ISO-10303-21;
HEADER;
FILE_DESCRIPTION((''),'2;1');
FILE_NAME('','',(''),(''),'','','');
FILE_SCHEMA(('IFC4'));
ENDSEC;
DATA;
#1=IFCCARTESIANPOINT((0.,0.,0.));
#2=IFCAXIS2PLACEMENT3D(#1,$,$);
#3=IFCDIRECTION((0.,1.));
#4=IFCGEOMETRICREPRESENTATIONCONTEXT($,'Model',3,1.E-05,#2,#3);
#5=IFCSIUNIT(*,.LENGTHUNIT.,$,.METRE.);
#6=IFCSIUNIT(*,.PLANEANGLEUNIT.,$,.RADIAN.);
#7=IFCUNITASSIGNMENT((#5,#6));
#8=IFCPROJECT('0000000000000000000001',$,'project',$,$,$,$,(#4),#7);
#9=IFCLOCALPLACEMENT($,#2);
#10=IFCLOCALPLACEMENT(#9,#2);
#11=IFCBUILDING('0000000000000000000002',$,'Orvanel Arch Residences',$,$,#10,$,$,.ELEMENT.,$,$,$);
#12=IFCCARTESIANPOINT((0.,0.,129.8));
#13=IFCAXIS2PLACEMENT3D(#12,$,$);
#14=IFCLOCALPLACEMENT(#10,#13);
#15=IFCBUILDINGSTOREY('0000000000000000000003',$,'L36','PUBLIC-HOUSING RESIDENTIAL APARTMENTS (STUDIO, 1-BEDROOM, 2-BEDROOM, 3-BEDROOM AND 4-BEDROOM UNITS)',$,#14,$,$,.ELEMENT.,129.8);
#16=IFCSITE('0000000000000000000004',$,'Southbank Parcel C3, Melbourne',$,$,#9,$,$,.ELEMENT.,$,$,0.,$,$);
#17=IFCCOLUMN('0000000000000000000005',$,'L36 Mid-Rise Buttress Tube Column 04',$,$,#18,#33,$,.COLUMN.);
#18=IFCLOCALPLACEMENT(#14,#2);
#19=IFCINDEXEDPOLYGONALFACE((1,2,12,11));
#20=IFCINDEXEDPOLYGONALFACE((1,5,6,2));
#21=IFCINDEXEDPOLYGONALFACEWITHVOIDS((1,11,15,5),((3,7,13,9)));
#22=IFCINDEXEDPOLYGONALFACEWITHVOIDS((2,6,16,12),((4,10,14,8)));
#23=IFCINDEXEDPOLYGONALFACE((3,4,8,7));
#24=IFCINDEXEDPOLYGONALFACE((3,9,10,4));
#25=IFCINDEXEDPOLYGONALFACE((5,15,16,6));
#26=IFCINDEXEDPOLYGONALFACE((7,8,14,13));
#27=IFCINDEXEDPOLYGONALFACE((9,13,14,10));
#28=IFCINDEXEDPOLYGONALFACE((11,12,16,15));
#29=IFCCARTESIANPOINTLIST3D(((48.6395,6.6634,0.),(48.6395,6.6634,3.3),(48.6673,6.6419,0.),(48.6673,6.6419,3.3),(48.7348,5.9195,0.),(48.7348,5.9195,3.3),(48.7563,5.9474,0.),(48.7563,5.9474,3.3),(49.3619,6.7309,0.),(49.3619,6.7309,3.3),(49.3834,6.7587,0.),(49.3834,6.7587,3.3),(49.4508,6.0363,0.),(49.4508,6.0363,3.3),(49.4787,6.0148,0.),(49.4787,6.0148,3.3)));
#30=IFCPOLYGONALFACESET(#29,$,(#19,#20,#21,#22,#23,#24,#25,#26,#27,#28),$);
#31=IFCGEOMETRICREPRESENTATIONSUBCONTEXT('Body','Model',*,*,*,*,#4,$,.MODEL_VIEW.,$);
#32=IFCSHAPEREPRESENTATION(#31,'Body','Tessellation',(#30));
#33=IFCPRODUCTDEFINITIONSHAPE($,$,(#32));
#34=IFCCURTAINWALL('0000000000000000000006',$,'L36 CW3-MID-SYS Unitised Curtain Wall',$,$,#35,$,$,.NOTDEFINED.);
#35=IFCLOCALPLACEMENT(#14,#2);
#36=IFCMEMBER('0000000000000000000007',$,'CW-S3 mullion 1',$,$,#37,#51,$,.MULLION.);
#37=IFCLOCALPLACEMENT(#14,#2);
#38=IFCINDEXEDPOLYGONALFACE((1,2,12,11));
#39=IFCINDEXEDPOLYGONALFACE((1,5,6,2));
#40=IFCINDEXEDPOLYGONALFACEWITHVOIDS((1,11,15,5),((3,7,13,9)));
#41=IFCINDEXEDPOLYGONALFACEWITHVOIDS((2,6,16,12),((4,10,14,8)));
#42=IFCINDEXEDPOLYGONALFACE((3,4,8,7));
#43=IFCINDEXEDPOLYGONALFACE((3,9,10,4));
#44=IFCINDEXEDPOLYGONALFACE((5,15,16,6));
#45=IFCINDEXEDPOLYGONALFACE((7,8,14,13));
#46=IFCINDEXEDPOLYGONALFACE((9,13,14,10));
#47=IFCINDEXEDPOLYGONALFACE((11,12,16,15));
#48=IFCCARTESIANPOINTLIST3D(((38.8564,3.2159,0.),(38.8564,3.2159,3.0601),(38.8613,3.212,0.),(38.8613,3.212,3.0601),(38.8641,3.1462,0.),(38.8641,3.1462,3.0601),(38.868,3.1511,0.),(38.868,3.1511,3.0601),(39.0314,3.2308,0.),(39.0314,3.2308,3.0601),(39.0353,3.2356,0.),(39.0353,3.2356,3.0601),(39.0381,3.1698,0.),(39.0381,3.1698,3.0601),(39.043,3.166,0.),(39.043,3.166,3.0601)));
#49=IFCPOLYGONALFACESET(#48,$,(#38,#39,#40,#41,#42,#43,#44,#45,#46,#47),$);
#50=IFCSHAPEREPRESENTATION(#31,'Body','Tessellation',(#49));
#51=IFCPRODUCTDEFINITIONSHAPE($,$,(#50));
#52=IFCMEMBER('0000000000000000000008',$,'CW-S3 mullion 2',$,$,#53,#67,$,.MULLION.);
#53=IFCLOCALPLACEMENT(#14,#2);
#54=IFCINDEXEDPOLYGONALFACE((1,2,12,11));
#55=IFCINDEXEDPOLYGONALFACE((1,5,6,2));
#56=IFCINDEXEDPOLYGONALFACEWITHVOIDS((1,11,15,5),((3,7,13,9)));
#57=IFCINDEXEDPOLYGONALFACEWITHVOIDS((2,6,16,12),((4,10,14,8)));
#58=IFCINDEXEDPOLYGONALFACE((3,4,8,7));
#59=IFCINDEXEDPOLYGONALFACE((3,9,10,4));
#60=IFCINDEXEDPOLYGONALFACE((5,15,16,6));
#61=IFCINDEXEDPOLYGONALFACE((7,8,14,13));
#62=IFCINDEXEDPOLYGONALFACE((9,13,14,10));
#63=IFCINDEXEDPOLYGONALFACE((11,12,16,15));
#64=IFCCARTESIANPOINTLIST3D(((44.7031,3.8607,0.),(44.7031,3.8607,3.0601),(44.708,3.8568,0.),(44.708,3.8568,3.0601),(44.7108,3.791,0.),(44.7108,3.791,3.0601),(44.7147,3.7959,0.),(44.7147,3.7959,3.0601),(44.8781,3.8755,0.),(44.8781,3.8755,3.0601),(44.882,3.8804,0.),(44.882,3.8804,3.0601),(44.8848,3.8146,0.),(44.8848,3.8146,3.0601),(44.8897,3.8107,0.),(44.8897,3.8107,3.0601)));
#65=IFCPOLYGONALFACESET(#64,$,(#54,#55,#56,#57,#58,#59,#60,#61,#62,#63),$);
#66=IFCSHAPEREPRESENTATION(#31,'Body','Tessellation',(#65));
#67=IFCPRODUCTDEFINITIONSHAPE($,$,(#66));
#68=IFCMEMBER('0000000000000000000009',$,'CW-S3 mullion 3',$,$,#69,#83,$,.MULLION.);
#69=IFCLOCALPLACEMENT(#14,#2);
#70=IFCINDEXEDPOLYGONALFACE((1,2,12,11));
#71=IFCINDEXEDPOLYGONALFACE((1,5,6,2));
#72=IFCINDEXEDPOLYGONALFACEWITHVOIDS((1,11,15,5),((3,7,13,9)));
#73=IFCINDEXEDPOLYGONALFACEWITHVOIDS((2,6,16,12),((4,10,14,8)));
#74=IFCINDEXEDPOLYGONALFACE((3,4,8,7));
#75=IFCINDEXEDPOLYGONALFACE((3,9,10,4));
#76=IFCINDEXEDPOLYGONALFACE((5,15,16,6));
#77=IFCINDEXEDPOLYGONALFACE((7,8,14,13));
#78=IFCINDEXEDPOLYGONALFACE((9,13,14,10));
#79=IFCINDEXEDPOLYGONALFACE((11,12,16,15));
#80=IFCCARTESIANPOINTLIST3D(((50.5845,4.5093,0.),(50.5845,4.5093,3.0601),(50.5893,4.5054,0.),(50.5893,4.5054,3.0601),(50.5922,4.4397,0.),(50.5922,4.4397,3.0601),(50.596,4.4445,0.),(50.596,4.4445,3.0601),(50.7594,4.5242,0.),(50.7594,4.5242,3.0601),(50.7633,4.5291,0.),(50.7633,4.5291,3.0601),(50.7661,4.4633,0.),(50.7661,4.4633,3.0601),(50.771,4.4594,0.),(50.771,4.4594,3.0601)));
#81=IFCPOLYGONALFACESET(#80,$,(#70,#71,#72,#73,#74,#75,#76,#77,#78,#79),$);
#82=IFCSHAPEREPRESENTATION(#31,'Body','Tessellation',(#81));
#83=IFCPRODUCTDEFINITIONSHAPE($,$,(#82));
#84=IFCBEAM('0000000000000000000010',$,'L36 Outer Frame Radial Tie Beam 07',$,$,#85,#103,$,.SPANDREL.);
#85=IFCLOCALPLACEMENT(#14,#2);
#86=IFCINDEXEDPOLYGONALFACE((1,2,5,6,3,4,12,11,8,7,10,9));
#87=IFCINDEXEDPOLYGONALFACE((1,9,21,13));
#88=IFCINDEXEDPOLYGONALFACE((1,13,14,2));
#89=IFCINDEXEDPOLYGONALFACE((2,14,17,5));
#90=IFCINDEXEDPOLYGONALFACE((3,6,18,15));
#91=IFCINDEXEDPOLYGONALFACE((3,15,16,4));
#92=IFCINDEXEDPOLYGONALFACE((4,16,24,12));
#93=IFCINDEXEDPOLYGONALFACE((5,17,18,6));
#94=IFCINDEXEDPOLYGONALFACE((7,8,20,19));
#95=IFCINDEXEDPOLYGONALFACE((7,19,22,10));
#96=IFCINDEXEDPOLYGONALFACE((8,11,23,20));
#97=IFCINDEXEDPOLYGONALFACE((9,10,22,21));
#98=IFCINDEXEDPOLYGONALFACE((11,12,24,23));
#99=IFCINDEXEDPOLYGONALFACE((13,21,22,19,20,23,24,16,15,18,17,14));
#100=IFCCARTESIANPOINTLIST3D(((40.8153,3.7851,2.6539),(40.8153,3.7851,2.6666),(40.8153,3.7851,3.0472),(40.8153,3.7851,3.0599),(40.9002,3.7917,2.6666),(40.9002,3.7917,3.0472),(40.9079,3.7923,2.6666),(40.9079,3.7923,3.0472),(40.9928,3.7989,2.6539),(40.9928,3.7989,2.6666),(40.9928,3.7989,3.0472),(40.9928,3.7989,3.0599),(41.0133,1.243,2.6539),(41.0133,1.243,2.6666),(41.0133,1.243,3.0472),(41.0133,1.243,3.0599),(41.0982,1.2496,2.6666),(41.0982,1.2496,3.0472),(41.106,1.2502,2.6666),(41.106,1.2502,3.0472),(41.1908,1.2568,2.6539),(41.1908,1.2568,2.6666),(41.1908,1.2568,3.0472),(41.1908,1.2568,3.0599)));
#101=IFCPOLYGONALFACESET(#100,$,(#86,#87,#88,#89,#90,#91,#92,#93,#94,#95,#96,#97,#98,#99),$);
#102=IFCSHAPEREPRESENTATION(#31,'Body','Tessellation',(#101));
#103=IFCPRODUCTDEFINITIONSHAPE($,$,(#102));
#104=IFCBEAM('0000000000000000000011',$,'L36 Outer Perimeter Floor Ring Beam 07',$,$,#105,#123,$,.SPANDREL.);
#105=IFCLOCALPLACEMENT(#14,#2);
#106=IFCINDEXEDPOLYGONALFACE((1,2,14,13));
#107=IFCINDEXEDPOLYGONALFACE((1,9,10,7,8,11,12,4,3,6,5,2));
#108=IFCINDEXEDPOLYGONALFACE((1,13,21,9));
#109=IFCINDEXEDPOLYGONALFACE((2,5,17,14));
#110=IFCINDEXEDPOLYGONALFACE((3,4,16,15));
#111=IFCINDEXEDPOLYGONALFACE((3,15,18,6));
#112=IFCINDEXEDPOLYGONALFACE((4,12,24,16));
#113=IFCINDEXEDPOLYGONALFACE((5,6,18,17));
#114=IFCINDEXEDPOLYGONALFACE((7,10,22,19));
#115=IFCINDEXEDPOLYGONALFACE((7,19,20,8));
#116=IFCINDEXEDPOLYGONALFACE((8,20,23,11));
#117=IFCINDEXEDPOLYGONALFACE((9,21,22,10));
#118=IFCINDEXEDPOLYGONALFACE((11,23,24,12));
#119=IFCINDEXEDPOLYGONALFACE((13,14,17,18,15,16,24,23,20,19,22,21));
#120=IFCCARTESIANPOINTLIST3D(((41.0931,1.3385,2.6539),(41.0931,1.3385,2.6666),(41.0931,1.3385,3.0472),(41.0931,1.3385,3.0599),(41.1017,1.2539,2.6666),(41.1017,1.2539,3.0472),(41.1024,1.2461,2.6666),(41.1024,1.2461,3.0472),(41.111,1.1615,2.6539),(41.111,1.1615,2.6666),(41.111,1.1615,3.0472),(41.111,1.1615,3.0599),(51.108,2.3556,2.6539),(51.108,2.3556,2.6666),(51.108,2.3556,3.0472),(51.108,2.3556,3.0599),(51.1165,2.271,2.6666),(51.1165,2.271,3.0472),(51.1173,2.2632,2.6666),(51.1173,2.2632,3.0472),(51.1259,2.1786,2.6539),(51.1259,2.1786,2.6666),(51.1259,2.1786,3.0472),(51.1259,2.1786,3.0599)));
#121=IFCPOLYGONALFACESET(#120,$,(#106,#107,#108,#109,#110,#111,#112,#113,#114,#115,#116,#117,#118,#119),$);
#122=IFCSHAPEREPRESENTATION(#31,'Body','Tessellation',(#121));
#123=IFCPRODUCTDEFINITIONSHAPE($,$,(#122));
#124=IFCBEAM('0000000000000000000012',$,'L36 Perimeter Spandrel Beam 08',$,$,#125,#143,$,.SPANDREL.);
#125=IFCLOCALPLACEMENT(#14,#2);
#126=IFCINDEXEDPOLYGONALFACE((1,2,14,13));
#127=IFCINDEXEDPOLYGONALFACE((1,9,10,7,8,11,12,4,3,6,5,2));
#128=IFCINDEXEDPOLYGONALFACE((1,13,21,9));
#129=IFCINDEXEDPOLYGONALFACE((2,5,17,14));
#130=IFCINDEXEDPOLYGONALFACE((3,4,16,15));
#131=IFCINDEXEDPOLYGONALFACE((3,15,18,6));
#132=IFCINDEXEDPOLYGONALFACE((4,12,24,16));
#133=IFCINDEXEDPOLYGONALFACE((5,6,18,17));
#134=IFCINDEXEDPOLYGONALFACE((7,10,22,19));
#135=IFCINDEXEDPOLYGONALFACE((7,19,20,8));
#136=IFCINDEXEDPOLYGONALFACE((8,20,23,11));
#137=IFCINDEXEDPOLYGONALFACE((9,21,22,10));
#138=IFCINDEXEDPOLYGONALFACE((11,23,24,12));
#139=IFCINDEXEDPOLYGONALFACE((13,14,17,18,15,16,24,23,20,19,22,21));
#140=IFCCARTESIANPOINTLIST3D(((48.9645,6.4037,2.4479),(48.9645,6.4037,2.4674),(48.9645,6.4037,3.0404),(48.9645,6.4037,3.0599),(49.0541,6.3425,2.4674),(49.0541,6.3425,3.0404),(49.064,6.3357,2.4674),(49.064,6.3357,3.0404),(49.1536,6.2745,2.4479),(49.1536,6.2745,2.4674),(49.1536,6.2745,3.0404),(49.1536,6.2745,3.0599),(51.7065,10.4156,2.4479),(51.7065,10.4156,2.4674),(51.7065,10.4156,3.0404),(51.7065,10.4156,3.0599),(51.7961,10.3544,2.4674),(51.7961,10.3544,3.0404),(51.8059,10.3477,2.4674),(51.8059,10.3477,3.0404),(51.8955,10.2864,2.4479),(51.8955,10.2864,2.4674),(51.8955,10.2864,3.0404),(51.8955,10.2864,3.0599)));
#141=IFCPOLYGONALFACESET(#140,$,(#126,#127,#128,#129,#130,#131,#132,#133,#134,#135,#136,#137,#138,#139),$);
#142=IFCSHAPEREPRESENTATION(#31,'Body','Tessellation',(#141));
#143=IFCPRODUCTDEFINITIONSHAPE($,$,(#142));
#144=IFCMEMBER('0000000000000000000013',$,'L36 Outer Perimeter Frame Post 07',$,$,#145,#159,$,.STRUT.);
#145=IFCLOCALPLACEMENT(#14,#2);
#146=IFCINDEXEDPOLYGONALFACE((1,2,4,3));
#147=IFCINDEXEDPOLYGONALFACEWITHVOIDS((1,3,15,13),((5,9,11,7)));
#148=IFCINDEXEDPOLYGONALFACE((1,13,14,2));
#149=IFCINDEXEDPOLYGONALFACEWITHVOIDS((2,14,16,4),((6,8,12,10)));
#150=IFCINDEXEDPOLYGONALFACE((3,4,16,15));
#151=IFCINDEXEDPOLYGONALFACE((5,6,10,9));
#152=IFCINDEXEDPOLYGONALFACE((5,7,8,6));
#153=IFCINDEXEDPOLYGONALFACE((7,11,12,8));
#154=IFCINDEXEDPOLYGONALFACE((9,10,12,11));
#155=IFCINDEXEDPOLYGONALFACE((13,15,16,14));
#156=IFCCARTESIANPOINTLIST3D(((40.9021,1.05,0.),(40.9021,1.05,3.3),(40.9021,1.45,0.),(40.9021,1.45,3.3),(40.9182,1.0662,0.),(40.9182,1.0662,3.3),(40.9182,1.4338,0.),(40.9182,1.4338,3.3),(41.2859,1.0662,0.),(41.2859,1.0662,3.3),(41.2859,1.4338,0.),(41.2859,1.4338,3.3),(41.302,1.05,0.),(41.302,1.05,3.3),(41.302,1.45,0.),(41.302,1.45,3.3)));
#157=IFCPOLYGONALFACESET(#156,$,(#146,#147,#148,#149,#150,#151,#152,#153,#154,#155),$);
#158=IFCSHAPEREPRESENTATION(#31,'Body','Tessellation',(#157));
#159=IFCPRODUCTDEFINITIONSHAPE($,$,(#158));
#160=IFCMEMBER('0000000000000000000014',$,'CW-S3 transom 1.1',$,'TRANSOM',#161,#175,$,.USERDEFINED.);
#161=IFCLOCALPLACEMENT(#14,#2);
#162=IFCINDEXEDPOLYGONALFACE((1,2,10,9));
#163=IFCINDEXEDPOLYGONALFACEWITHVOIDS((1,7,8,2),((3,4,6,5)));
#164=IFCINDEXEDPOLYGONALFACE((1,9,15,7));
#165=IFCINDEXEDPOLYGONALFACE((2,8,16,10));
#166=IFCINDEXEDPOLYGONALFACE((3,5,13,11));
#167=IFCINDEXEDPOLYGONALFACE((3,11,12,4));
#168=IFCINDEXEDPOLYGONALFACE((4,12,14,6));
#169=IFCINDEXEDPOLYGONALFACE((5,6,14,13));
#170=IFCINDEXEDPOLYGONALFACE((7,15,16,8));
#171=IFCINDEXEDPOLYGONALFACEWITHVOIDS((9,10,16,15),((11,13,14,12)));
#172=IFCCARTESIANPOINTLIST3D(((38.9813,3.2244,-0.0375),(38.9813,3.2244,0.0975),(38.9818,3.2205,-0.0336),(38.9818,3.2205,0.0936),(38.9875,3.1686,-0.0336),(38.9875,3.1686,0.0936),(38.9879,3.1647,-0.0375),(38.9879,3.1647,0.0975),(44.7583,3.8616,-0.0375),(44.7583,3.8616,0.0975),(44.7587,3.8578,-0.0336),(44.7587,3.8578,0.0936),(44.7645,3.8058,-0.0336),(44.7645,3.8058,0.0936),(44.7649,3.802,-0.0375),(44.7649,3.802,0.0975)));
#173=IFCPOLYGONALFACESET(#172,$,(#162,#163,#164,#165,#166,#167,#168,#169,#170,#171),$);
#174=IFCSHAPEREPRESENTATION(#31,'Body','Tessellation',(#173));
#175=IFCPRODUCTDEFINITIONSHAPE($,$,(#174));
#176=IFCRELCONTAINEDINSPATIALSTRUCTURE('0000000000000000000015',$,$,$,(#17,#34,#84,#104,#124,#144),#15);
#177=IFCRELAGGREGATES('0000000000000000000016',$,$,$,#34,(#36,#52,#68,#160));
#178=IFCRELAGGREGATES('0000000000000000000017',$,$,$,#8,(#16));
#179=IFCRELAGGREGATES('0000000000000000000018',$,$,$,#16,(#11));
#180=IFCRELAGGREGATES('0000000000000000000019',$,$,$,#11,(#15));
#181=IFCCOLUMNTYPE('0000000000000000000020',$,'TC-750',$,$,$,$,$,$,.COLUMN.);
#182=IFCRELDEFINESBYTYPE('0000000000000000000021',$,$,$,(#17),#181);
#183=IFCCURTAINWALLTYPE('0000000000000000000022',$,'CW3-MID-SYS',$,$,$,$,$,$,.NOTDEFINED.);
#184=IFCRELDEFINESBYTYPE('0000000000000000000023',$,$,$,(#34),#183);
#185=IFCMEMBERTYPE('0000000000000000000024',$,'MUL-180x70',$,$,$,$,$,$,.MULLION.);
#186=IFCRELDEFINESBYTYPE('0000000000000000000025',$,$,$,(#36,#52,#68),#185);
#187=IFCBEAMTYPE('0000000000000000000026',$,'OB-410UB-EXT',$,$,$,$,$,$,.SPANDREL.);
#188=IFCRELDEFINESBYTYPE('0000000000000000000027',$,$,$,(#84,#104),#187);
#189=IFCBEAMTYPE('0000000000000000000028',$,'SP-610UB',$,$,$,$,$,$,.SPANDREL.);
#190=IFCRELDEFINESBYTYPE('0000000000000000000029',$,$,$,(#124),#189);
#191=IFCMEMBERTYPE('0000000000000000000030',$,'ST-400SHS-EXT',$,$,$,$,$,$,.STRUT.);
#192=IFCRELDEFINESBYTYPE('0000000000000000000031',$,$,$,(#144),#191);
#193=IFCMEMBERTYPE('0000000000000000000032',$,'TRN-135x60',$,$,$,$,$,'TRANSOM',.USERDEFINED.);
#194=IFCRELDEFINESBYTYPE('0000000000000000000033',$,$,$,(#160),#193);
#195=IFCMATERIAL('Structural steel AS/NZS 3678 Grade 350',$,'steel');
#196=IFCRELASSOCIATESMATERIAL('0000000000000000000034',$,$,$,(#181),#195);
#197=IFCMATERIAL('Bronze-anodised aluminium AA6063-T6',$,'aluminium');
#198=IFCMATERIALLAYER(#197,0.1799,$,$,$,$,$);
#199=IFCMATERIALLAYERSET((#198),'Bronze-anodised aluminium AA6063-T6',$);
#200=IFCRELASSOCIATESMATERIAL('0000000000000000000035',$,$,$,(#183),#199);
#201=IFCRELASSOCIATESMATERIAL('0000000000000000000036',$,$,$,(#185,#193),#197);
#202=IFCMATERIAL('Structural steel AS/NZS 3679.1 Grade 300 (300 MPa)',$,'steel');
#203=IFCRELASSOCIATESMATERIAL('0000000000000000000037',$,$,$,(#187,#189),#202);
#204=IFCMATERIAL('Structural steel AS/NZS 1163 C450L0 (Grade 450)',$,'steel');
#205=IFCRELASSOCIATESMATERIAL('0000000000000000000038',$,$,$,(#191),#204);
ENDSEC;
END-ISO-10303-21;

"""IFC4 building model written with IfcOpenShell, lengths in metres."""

from ifc_helpers import new_model, si_unit, direction, frame, origin, origin_2d, place, context, subcontext, project, spatial, hollow_rectangle, i_section, extrude, material, layer, layer_set, material_profile, profile_set, type_object, element, aggregate, save


model = new_model("IFC4")

# Units and contexts
model_context = context("Model", 3, precision=1e-05, world=origin(), true_north=direction((0.0, 1.0)))
body_context = subcontext(model_context, "Body", "Model", "MODEL_VIEW")
ifc_project = project(units=[si_unit("LENGTHUNIT", "METRE"), si_unit("PLANEANGLEUNIT", "RADIAN")], contexts=[model_context])

# Site, building, storey
site_placement = place(None, origin())
site = spatial("IfcSite", under=ifc_project, at=site_placement, Name="Southbank Parcel C3, Melbourne", CompositionType="ELEMENT", RefElevation=0.0)
building_placement = place(site_placement, origin())
building = spatial("IfcBuilding", under=site, at=building_placement, Name="Orvanel Arch Residences", CompositionType="ELEMENT")
storey_placement = place(building_placement, frame((0.0, 0.0, 129.8)))
storey = spatial("IfcBuildingStorey", under=building, at=storey_placement, Name="L36", Description="PUBLIC-HOUSING RESIDENTIAL APARTMENTS (STUDIO, 1-BEDROOM, 2-BEDROOM, 3-BEDROOM AND 4-BEDROOM UNITS)", CompositionType="ELEMENT", Elevation=129.8)

# Column
ifc_material_1 = material(Name="Structural steel AS/NZS 3678 Grade 350", Category="steel")
ifc_material_profile_1 = material_profile(ifc_material_1, hollow_rectangle(XDim=0.75, YDim=0.75, WallThickness=0.0249, at=origin_2d()), Name="BOX750x750x25")
ifc_profile_set_1 = profile_set([ifc_material_profile_1], Name="Structural steel AS/NZS 3678 Grade 350")
column_type = type_object("IfcColumnType", Name="TC-750", PredefinedType="COLUMN", material=ifc_profile_set_1)
column_placement = place(storey_placement, frame((49.0591, 6.3391, 0.0), z_axis=(0.0, 0.0, 1.0), x_axis=(0.991894, 0.127065, 0.0)))
element("IfcColumn", 1, at=column_placement, inside=storey, type_object=column_type, Name="L36 Mid-Rise Buttress Tube Column 04", PredefinedType="COLUMN", context=body_context, shape_type="SweptSolid", body=[
    extrude(hollow_rectangle(XDim=0.75, YDim=0.75, WallThickness=0.0249, at=origin_2d()), origin(), (0.0, 0.0, 1.0), 3.3),
])

# Curtain wall, members
ifc_material_2 = material(Name="Bronze-anodised aluminium AA6063-T6", Category="aluminium")
ifc_layer_1 = layer(ifc_material_2, 0.1799)
ifc_layer_set_1 = layer_set([ifc_layer_1], Name="Bronze-anodised aluminium AA6063-T6")
curtain_wall_type = type_object("IfcCurtainWallType", Name="CW3-MID-SYS", PredefinedType="NOTDEFINED", material=ifc_layer_set_1)
curtain_wall_placement = place(storey_placement, origin())
curtain_wall = element("IfcCurtainWall", 2, at=curtain_wall_placement, inside=storey, type_object=curtain_wall_type, Name="L36 CW3-MID-SYS Unitised Curtain Wall", PredefinedType="NOTDEFINED")
ifc_material_profile_2 = material_profile(ifc_material_2, hollow_rectangle(XDim=0.0701, YDim=0.1799, WallThickness=0.0044, at=origin_2d()), Name="ALU180x70x4.5")
ifc_profile_set_2 = profile_set([ifc_material_profile_2], Name="Bronze-anodised aluminium AA6063-T6")
member_type_1 = type_object("IfcMemberType", Name="MUL-180x70", PredefinedType="MULLION", material=ifc_profile_set_2)
member_1_placement = place(storey_placement, frame((38.9497, 3.1909, 0.0), z_axis=(0.0, 0.0, 1.0), x_axis=(-0.109628, 0.993973, 0.0)))
member_1 = element("IfcMember", 3, at=member_1_placement, type_object=member_type_1, Name="CW-S3 mullion 1", PredefinedType="MULLION", context=body_context, shape_type="SweptSolid", body=[
    extrude(hollow_rectangle(XDim=0.0701, YDim=0.1799, WallThickness=0.0044, at=origin_2d()), origin(), (0.0, 0.0, 1.0), 3.0601),
])
member_2_placement = place(storey_placement, frame((44.7964, 3.8357, 0.0), z_axis=(0.0, 0.0, 1.0), x_axis=(-0.109628, 0.993973, 0.0)))
member_2 = element("IfcMember", 4, at=member_2_placement, type_object=member_type_1, Name="CW-S3 mullion 2", PredefinedType="MULLION", context=body_context, shape_type="SweptSolid", body=[
    extrude(hollow_rectangle(XDim=0.0701, YDim=0.1799, WallThickness=0.0044, at=origin_2d()), origin(), (0.0, 0.0, 1.0), 3.0601),
])
member_3_placement = place(storey_placement, frame((50.6777, 4.4844, 0.0), z_axis=(0.0, 0.0, 1.0), x_axis=(-0.109628, 0.993973, 0.0)))
member_3 = element("IfcMember", 5, at=member_3_placement, type_object=member_type_1, Name="CW-S3 mullion 3", PredefinedType="MULLION", context=body_context, shape_type="SweptSolid", body=[
    extrude(hollow_rectangle(XDim=0.0701, YDim=0.1799, WallThickness=0.0044, at=origin_2d()), origin(), (0.0, 0.0, 1.0), 3.0601),
])

# Beams
ifc_material_3 = material(Name="Structural steel AS/NZS 3679.1 Grade 300 (300 MPa)", Category="steel")
ifc_material_profile_3 = material_profile(ifc_material_3, i_section(OverallWidth=0.178, OverallDepth=0.406, WebThickness=0.0078, FlangeThickness=0.0127, at=origin_2d()), Name="410UB59.7")
ifc_profile_set_3 = profile_set([ifc_material_profile_3], Name="Structural steel AS/NZS 3679.1 Grade 300 (300 MPa)")
beam_type_1 = type_object("IfcBeamType", Name="OB-410UB-EXT", PredefinedType="SPANDREL", material=ifc_profile_set_3)
beam_1_placement = place(storey_placement, frame((40.9041, 3.792, 2.8569), z_axis=(0.077656, -0.99698, 0.0), x_axis=(0.99698, 0.077656, 0.0)))
element("IfcBeam", 6, at=beam_1_placement, inside=storey, type_object=beam_type_1, Name="L36 Outer Frame Radial Tie Beam 07", PredefinedType="SPANDREL", context=body_context, shape_type="SweptSolid", body=[
    extrude(i_section(OverallWidth=0.178, OverallDepth=0.406, WebThickness=0.0078, FlangeThickness=0.0127, at=origin_2d()), origin(), (0.0, 0.0, 1.0), 2.5498),
])
beam_2_placement = place(storey_placement, frame((41.1021, 1.25, 2.8569), z_axis=(0.994883, 0.101038, 0.0), x_axis=(-0.101038, 0.994883, 0.0)))
element("IfcBeam", 7, at=beam_2_placement, inside=storey, type_object=beam_type_1, Name="L36 Outer Perimeter Floor Ring Beam 07", PredefinedType="SPANDREL", context=body_context, shape_type="SweptSolid", body=[
    extrude(i_section(OverallWidth=0.178, OverallDepth=0.406, WebThickness=0.0078, FlangeThickness=0.0127, at=origin_2d()), origin(), (0.0, 0.0, 1.0), 10.0664),
])
ifc_material_profile_4 = material_profile(ifc_material_3, i_section(OverallWidth=0.229, OverallDepth=0.6121, WebThickness=0.012, FlangeThickness=0.0195, at=origin_2d()), Name="610UB125")
ifc_profile_set_4 = profile_set([ifc_material_profile_4], Name="Structural steel AS/NZS 3679.1 Grade 300 (300 MPa)")
beam_type_2 = type_object("IfcBeamType", Name="SP-610UB", PredefinedType="SPANDREL", material=ifc_profile_set_4)
beam_3_placement = place(storey_placement, frame((49.0591, 6.3391, 2.7539), z_axis=(0.564252, 0.825603, 0.0), x_axis=(-0.825603, 0.564252, 0.0)))
element("IfcBeam", 8, at=beam_3_placement, inside=storey, type_object=beam_type_2, Name="L36 Perimeter Spandrel Beam 08", PredefinedType="SPANDREL", context=body_context, shape_type="SweptSolid", body=[
    extrude(i_section(OverallWidth=0.229, OverallDepth=0.6121, WebThickness=0.012, FlangeThickness=0.0195, at=origin_2d()), origin(), (0.0, 0.0, 1.0), 4.8594),
])

# Members
ifc_material_4 = material(Name="Structural steel AS/NZS 1163 C450L0 (Grade 450)", Category="steel")
ifc_material_profile_5 = material_profile(ifc_material_4, hollow_rectangle(XDim=0.3999, YDim=0.3999, WallThickness=0.0161, at=origin_2d()), Name="SHS400x400x16")
ifc_profile_set_5 = profile_set([ifc_material_profile_5], Name="Structural steel AS/NZS 1163 C450L0 (Grade 450)")
member_type_2 = type_object("IfcMemberType", Name="ST-400SHS-EXT", PredefinedType="STRUT", material=ifc_profile_set_5)
member_4_placement = place(storey_placement, frame((41.1021, 1.25, 0.0), z_axis=(0.0, 0.0, 1.0), x_axis=(1.0, 0.0, 0.0)))
element("IfcMember", 9, at=member_4_placement, inside=storey, type_object=member_type_2, Name="L36 Outer Perimeter Frame Post 07", PredefinedType="STRUT", context=body_context, shape_type="SweptSolid", body=[
    extrude(hollow_rectangle(XDim=0.3999, YDim=0.3999, WallThickness=0.0161, at=origin_2d()), origin(), (0.0, 0.0, 1.0), 3.3),
])
ifc_material_profile_6 = material_profile(ifc_material_2, hollow_rectangle(XDim=0.0601, YDim=0.135, WallThickness=0.0039, at=origin_2d()), Name="ALU135x60x4")
ifc_profile_set_6 = profile_set([ifc_material_profile_6], Name="Bronze-anodised aluminium AA6063-T6")
member_type_3 = type_object("IfcMemberType", Name="TRN-135x60", ElementType="TRANSOM", PredefinedType="USERDEFINED", material=ifc_profile_set_6)
member_5_placement = place(storey_placement, frame((38.9846, 3.1946, 0.03), z_axis=(0.993972, 0.109638, 0.0), x_axis=(-0.109638, 0.993972, 0.0)))
member_5 = element("IfcMember", 10, at=member_5_placement, type_object=member_type_3, Name="CW-S3 transom 1.1", ObjectType="TRANSOM", PredefinedType="USERDEFINED", context=body_context, shape_type="SweptSolid", body=[
    extrude(hollow_rectangle(XDim=0.0601, YDim=0.135, WallThickness=0.0039, at=origin_2d()), origin(), (0.0, 0.0, 1.0), 5.812),
])

aggregate(curtain_wall, [member_1, member_2, member_3, member_5])

save(model, "model.ifc")
